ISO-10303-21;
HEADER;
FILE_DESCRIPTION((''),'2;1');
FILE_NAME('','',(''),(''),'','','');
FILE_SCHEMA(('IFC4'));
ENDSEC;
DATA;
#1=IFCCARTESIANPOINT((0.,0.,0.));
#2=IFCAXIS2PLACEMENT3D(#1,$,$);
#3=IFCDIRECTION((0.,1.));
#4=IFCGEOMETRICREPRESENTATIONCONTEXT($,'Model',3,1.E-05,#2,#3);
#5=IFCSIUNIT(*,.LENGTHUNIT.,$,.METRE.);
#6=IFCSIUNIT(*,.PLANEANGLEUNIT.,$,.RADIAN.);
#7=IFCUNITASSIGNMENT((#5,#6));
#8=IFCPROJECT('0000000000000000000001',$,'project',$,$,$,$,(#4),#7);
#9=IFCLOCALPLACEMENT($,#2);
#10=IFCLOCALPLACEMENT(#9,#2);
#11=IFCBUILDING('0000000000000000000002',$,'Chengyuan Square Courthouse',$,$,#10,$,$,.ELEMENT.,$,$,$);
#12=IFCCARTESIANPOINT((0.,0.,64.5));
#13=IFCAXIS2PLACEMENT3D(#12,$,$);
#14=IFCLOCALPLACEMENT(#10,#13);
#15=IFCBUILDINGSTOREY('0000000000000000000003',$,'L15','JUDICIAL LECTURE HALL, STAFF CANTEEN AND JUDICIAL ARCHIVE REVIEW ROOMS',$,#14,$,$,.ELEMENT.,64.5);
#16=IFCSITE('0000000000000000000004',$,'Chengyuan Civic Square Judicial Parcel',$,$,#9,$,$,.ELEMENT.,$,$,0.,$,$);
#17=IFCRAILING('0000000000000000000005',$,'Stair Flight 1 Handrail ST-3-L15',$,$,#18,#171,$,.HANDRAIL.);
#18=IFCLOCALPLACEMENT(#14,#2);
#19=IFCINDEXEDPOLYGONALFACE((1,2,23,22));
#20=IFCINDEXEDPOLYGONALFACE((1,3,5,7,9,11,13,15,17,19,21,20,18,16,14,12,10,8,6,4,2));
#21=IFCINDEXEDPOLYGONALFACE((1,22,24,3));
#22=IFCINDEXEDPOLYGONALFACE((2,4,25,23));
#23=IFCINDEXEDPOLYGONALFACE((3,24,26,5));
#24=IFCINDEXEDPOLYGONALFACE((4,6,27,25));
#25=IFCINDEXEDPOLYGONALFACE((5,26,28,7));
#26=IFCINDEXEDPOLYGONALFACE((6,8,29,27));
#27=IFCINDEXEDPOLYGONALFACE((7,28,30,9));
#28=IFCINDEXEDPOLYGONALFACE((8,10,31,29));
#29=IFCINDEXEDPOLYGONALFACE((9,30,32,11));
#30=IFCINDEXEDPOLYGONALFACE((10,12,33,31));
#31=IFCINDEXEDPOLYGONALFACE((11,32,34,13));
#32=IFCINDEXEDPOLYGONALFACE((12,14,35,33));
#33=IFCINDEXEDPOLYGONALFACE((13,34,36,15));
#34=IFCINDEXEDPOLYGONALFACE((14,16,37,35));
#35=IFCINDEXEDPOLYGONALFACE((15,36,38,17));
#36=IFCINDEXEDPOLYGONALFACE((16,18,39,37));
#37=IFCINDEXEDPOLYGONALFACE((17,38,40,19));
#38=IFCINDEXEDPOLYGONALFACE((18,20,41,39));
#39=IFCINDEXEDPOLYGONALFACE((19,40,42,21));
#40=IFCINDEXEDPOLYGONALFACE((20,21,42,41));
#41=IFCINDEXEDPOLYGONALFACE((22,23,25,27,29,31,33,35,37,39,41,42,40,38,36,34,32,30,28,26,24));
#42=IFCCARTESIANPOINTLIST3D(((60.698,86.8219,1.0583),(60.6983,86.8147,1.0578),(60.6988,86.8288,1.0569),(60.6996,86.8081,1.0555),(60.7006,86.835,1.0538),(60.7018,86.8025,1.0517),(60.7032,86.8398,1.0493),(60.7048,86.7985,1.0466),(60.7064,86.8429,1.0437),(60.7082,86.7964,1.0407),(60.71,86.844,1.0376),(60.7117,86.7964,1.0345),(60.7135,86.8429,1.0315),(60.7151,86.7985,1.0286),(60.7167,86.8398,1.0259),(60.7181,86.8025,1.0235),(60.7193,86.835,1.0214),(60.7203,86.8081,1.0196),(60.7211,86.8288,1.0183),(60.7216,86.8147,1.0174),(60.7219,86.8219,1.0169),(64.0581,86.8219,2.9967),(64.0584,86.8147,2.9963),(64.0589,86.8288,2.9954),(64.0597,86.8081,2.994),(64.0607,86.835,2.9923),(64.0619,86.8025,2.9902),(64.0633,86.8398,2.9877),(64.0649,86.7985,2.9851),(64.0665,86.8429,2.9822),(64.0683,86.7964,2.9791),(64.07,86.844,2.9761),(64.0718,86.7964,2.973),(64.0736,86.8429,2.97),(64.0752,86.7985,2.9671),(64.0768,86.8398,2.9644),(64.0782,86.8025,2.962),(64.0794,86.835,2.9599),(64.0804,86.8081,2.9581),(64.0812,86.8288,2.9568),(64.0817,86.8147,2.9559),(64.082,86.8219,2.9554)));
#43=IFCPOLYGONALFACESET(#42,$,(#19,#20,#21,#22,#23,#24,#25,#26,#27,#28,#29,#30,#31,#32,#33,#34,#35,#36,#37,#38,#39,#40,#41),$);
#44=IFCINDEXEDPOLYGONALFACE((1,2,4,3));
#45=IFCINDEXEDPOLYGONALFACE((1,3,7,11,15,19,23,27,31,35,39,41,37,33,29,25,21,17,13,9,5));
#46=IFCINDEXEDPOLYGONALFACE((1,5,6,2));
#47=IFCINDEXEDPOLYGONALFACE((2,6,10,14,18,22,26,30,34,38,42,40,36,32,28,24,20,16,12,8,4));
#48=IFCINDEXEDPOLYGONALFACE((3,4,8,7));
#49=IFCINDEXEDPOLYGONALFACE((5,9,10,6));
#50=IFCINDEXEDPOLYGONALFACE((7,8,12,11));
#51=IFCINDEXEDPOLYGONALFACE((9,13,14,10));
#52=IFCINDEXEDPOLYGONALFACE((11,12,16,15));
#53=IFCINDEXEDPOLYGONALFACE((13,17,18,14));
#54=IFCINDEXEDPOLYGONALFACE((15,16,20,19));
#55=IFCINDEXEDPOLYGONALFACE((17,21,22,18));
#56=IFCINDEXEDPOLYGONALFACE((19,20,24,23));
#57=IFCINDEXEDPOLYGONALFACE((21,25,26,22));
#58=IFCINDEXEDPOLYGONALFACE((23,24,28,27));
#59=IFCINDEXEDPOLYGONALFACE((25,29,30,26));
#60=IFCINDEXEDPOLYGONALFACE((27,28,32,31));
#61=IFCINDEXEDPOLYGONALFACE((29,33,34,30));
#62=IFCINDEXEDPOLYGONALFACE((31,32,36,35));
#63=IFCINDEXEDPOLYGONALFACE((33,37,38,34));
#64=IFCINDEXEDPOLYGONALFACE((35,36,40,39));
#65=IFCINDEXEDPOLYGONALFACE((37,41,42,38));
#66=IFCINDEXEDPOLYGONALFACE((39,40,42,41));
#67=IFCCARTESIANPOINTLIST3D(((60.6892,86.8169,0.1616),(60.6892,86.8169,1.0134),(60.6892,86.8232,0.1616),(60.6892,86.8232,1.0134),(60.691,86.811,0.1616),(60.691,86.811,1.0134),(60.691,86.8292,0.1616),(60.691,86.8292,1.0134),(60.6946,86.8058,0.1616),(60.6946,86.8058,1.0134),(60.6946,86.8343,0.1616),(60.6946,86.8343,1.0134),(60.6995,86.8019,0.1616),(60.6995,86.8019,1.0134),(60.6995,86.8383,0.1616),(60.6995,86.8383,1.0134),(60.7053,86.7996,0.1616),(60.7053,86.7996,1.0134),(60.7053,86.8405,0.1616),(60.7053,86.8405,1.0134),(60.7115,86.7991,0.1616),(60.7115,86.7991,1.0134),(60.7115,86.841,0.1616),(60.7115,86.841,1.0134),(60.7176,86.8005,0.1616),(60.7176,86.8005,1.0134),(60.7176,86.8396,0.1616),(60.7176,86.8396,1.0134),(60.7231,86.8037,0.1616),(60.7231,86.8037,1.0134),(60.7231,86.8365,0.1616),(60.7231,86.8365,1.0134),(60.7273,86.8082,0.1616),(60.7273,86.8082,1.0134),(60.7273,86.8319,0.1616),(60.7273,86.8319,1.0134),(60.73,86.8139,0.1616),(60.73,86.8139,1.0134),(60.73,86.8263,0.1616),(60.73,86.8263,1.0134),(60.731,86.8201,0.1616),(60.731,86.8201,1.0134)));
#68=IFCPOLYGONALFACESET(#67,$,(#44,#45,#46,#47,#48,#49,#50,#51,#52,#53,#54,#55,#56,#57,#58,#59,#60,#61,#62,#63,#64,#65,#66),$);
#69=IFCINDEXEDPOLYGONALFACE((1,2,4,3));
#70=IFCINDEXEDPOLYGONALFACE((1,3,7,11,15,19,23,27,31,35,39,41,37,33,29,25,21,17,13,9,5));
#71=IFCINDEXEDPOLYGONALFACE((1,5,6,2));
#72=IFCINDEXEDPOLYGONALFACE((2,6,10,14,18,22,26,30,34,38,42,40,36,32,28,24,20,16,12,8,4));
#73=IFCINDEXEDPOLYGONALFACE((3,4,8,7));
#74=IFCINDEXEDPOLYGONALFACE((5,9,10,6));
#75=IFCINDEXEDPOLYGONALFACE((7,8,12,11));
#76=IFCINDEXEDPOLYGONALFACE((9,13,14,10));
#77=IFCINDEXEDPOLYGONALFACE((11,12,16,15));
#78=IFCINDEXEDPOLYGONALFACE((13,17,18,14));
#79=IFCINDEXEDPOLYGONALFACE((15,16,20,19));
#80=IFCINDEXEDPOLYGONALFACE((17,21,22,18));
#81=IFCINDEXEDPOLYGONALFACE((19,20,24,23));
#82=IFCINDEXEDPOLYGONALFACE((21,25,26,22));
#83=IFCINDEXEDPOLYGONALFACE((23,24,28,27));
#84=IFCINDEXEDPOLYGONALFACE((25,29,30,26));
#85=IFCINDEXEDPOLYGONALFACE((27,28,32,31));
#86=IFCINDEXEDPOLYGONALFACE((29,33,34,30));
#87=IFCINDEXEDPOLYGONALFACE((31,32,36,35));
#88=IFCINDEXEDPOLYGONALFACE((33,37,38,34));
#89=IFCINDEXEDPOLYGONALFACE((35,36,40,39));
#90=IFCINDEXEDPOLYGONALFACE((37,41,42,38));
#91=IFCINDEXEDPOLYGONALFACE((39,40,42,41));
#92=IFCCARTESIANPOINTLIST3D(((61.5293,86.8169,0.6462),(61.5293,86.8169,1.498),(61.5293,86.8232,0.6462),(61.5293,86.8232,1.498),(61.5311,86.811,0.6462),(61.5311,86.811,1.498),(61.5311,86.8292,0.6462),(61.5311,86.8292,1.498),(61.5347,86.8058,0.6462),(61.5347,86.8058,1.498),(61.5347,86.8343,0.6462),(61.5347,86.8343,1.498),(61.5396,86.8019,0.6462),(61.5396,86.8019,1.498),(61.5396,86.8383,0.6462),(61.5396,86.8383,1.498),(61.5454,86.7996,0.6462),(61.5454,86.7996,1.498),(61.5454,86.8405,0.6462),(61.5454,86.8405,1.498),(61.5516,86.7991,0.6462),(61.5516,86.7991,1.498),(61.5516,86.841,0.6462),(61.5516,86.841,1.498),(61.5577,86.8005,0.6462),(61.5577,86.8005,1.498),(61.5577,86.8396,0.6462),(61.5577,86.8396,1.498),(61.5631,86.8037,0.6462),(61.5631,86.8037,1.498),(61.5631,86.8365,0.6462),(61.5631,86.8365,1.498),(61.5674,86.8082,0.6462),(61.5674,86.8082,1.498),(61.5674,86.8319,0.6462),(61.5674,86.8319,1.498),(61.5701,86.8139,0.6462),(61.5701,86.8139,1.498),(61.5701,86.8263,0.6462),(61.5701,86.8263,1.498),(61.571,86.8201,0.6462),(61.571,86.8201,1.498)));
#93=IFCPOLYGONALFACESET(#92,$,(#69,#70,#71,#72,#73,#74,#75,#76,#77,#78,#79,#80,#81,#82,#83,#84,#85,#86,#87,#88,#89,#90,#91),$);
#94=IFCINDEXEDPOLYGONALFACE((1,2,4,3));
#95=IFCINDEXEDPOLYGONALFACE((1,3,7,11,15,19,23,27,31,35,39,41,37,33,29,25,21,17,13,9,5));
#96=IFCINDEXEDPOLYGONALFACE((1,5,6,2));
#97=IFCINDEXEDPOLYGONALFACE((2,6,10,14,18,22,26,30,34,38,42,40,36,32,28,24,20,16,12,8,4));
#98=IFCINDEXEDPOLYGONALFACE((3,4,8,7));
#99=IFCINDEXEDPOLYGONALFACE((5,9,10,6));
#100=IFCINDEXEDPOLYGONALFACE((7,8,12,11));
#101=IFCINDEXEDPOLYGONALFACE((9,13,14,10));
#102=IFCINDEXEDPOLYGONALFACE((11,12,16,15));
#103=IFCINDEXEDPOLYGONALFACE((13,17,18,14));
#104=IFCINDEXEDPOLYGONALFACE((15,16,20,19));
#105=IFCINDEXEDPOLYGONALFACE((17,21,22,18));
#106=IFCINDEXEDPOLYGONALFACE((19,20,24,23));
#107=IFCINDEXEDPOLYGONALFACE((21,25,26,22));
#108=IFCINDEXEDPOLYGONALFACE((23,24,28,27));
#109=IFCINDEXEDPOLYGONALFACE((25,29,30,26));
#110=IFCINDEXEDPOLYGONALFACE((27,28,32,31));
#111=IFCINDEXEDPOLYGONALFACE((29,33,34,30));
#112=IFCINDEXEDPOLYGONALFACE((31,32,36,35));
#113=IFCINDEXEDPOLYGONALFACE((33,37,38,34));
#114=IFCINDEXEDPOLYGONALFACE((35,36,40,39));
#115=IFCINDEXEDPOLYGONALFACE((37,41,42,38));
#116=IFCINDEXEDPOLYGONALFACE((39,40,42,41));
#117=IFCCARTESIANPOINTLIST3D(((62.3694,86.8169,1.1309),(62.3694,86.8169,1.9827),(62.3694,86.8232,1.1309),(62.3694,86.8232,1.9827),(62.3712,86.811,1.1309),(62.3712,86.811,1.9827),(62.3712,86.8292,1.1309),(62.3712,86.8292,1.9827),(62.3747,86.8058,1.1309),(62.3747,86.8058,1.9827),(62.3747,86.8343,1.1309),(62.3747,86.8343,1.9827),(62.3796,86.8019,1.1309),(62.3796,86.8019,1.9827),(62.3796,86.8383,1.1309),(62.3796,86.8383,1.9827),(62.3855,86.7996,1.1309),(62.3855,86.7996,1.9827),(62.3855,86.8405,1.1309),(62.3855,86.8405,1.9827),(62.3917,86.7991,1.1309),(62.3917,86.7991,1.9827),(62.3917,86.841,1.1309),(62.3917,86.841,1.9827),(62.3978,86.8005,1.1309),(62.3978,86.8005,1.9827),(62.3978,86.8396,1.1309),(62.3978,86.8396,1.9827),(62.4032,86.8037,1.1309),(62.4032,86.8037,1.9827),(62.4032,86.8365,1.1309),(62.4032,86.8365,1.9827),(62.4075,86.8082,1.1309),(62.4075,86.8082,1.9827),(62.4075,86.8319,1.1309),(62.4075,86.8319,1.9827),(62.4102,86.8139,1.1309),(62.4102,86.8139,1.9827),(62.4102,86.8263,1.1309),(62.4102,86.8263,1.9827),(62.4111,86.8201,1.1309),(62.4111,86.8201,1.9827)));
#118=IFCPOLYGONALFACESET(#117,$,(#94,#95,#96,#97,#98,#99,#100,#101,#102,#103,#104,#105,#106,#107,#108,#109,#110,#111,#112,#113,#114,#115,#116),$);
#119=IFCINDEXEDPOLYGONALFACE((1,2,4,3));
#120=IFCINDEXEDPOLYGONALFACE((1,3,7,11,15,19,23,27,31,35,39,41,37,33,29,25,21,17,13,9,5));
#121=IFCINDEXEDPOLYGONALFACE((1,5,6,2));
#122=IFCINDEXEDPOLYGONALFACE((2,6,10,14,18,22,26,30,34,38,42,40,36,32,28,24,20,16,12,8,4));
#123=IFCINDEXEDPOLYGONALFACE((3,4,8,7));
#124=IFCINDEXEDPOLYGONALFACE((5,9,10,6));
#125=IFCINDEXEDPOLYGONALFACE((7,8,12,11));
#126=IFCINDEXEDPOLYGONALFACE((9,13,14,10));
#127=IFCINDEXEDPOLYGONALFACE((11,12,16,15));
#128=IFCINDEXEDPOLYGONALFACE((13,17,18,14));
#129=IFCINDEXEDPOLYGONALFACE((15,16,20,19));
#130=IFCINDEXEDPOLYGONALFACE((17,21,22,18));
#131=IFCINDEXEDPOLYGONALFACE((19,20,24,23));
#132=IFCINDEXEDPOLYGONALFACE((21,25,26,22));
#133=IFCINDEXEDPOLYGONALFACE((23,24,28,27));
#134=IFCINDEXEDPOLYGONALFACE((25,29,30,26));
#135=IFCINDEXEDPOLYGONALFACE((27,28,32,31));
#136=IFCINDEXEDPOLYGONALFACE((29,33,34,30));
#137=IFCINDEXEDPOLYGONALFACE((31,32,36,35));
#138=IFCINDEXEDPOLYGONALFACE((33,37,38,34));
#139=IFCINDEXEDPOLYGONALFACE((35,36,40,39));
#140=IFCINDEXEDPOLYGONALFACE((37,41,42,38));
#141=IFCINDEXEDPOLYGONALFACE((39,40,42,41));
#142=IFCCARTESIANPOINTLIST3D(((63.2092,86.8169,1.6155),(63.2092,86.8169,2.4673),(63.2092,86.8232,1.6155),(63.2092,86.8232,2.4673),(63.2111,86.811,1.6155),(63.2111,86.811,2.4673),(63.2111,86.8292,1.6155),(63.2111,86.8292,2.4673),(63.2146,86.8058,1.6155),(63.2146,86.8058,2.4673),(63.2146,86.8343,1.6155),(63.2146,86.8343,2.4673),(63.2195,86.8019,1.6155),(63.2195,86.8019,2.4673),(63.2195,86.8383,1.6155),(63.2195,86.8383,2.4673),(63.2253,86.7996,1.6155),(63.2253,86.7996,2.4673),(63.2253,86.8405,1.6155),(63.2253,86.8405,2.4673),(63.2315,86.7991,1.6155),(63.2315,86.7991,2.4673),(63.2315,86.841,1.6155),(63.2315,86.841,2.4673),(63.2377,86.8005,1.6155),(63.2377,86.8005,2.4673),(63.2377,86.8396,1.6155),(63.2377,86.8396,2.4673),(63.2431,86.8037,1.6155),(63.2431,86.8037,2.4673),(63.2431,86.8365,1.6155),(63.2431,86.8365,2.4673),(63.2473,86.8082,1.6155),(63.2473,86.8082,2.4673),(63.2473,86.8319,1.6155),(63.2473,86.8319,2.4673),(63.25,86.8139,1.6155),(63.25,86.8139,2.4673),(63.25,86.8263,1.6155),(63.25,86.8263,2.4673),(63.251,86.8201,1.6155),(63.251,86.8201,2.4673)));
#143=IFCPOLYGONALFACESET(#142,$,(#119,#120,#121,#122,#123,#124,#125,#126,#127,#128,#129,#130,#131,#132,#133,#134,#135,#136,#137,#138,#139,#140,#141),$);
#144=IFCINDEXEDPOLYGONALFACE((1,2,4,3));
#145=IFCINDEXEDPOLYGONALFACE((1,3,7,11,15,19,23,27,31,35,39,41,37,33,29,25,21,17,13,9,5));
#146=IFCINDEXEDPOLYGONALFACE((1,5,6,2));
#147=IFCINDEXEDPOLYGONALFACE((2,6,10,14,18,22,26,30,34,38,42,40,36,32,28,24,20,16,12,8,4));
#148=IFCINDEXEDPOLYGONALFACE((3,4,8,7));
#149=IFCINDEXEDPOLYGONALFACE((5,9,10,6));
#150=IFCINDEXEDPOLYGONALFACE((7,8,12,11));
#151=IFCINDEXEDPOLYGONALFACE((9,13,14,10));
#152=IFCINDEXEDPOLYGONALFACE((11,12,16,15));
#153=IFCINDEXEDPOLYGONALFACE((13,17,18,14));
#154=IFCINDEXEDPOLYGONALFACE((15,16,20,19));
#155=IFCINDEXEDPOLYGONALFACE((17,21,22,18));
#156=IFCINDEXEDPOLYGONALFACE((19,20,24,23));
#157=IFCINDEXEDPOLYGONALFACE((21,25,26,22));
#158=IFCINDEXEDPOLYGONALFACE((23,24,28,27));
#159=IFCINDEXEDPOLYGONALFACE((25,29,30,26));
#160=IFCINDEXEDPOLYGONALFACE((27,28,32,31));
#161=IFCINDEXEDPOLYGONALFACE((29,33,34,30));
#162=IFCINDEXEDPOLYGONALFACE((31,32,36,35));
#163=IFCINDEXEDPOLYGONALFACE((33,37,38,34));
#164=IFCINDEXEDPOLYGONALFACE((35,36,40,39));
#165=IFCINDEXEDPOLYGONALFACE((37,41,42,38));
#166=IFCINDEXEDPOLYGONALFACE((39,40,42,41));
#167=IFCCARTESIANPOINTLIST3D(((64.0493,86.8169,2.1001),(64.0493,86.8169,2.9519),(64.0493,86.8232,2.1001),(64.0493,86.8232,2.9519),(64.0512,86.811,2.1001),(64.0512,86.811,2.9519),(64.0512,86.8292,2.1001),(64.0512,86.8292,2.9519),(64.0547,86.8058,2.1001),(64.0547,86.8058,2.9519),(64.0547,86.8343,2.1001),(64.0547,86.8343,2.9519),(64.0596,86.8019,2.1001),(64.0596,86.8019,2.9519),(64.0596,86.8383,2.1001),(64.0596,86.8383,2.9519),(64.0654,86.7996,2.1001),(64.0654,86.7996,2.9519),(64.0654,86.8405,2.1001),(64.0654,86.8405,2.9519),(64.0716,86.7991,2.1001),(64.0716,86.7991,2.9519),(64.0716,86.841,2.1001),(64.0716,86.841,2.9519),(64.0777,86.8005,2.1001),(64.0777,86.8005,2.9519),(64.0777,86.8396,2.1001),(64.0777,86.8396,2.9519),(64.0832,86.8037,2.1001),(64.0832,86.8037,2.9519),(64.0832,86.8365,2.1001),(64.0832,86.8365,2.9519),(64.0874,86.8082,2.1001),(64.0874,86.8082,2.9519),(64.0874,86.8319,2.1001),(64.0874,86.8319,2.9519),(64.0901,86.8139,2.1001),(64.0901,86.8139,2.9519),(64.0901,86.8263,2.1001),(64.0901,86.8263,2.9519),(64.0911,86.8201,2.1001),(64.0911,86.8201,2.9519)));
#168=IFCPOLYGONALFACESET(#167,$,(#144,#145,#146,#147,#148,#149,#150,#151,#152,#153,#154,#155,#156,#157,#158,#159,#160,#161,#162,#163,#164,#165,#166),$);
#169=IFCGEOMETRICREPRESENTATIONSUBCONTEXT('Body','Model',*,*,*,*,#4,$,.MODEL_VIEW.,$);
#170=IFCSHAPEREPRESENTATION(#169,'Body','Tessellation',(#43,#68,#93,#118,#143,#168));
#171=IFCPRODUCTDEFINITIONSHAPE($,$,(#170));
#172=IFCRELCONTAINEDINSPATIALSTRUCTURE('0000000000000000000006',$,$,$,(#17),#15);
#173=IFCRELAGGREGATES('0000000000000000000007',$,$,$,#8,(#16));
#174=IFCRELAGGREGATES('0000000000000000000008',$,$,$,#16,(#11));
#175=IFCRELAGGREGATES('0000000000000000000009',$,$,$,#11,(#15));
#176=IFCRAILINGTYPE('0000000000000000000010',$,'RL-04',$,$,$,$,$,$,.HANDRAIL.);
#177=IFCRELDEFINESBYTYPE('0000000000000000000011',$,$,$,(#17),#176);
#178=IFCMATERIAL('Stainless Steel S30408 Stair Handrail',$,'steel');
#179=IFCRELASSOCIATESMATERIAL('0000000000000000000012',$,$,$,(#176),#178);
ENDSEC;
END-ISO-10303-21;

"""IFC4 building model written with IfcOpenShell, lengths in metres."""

from ifc_helpers import new_model, si_unit, direction, frame, origin, origin_2d, place, context, subcontext, project, spatial, circle, extrude, material, type_object, element, save


model = new_model("IFC4")

# Units and contexts
model_context = context("Model", 3, precision=1e-05, world=origin(), true_north=direction((0.0, 1.0)))
body_context = subcontext(model_context, "Body", "Model", "MODEL_VIEW")
ifc_project = project(units=[si_unit("LENGTHUNIT", "METRE"), si_unit("PLANEANGLEUNIT", "RADIAN")], contexts=[model_context])

# Site, building, storey
site_placement = place(None, origin())
site = spatial("IfcSite", under=ifc_project, at=site_placement, Name="Chengyuan Civic Square Judicial Parcel", CompositionType="ELEMENT", RefElevation=0.0)
building_placement = place(site_placement, origin())
building = spatial("IfcBuilding", under=site, at=building_placement, Name="Chengyuan Square Courthouse", CompositionType="ELEMENT")
storey_placement = place(building_placement, frame((0.0, 0.0, 64.5)))
storey = spatial("IfcBuildingStorey", under=building, at=storey_placement, Name="L15", Description="JUDICIAL LECTURE HALL, STAFF CANTEEN AND JUDICIAL ARCHIVE REVIEW ROOMS", CompositionType="ELEMENT", Elevation=64.5)

# Railing
ifc_material_1 = material(Name="Stainless Steel S30408 Stair Handrail", Category="steel")
railing_type_1 = type_object("IfcRailingType", Name="RL-04", PredefinedType="HANDRAIL", material=ifc_material_1)
railing_1_placement = place(storey_placement, frame((60.71, 86.8201, 0.1616)))
element("IfcRailing", 1, at=railing_1_placement, inside=storey, type_object=railing_type_1, Name="Stair Flight 1 Handrail ST-3-L15", PredefinedType="HANDRAIL", context=body_context, shape_type="SweptSolid", body=[
    extrude(circle(Radius=0.0239, at=origin_2d()), frame((0.0, 0.0, 0.876), z_axis=(0.866191, 0.0, 0.499713), x_axis=(0.0, 1.0, 0.0)), (0.0, 0.0, 1.0), 3.8792),
    extrude(circle(Radius=0.021, at=origin_2d()), origin(), (0.0, 0.0, 1.0), 0.8518),
    extrude(circle(Radius=0.021, at=origin_2d()), frame((0.8401, 0.0, 0.4846)), (0.0, 0.0, 1.0), 0.8518),
    extrude(circle(Radius=0.021, at=origin_2d()), frame((1.6802, 0.0, 0.9692)), (0.0, 0.0, 1.0), 0.8518),
    extrude(circle(Radius=0.021, at=origin_2d()), frame((2.52, 0.0, 1.4539)), (0.0, 0.0, 1.0), 0.8518),
    extrude(circle(Radius=0.021, at=origin_2d()), frame((3.3601, 0.0, 1.9385)), (0.0, 0.0, 1.0), 0.8518),
])

save(model, "model.ifc")
